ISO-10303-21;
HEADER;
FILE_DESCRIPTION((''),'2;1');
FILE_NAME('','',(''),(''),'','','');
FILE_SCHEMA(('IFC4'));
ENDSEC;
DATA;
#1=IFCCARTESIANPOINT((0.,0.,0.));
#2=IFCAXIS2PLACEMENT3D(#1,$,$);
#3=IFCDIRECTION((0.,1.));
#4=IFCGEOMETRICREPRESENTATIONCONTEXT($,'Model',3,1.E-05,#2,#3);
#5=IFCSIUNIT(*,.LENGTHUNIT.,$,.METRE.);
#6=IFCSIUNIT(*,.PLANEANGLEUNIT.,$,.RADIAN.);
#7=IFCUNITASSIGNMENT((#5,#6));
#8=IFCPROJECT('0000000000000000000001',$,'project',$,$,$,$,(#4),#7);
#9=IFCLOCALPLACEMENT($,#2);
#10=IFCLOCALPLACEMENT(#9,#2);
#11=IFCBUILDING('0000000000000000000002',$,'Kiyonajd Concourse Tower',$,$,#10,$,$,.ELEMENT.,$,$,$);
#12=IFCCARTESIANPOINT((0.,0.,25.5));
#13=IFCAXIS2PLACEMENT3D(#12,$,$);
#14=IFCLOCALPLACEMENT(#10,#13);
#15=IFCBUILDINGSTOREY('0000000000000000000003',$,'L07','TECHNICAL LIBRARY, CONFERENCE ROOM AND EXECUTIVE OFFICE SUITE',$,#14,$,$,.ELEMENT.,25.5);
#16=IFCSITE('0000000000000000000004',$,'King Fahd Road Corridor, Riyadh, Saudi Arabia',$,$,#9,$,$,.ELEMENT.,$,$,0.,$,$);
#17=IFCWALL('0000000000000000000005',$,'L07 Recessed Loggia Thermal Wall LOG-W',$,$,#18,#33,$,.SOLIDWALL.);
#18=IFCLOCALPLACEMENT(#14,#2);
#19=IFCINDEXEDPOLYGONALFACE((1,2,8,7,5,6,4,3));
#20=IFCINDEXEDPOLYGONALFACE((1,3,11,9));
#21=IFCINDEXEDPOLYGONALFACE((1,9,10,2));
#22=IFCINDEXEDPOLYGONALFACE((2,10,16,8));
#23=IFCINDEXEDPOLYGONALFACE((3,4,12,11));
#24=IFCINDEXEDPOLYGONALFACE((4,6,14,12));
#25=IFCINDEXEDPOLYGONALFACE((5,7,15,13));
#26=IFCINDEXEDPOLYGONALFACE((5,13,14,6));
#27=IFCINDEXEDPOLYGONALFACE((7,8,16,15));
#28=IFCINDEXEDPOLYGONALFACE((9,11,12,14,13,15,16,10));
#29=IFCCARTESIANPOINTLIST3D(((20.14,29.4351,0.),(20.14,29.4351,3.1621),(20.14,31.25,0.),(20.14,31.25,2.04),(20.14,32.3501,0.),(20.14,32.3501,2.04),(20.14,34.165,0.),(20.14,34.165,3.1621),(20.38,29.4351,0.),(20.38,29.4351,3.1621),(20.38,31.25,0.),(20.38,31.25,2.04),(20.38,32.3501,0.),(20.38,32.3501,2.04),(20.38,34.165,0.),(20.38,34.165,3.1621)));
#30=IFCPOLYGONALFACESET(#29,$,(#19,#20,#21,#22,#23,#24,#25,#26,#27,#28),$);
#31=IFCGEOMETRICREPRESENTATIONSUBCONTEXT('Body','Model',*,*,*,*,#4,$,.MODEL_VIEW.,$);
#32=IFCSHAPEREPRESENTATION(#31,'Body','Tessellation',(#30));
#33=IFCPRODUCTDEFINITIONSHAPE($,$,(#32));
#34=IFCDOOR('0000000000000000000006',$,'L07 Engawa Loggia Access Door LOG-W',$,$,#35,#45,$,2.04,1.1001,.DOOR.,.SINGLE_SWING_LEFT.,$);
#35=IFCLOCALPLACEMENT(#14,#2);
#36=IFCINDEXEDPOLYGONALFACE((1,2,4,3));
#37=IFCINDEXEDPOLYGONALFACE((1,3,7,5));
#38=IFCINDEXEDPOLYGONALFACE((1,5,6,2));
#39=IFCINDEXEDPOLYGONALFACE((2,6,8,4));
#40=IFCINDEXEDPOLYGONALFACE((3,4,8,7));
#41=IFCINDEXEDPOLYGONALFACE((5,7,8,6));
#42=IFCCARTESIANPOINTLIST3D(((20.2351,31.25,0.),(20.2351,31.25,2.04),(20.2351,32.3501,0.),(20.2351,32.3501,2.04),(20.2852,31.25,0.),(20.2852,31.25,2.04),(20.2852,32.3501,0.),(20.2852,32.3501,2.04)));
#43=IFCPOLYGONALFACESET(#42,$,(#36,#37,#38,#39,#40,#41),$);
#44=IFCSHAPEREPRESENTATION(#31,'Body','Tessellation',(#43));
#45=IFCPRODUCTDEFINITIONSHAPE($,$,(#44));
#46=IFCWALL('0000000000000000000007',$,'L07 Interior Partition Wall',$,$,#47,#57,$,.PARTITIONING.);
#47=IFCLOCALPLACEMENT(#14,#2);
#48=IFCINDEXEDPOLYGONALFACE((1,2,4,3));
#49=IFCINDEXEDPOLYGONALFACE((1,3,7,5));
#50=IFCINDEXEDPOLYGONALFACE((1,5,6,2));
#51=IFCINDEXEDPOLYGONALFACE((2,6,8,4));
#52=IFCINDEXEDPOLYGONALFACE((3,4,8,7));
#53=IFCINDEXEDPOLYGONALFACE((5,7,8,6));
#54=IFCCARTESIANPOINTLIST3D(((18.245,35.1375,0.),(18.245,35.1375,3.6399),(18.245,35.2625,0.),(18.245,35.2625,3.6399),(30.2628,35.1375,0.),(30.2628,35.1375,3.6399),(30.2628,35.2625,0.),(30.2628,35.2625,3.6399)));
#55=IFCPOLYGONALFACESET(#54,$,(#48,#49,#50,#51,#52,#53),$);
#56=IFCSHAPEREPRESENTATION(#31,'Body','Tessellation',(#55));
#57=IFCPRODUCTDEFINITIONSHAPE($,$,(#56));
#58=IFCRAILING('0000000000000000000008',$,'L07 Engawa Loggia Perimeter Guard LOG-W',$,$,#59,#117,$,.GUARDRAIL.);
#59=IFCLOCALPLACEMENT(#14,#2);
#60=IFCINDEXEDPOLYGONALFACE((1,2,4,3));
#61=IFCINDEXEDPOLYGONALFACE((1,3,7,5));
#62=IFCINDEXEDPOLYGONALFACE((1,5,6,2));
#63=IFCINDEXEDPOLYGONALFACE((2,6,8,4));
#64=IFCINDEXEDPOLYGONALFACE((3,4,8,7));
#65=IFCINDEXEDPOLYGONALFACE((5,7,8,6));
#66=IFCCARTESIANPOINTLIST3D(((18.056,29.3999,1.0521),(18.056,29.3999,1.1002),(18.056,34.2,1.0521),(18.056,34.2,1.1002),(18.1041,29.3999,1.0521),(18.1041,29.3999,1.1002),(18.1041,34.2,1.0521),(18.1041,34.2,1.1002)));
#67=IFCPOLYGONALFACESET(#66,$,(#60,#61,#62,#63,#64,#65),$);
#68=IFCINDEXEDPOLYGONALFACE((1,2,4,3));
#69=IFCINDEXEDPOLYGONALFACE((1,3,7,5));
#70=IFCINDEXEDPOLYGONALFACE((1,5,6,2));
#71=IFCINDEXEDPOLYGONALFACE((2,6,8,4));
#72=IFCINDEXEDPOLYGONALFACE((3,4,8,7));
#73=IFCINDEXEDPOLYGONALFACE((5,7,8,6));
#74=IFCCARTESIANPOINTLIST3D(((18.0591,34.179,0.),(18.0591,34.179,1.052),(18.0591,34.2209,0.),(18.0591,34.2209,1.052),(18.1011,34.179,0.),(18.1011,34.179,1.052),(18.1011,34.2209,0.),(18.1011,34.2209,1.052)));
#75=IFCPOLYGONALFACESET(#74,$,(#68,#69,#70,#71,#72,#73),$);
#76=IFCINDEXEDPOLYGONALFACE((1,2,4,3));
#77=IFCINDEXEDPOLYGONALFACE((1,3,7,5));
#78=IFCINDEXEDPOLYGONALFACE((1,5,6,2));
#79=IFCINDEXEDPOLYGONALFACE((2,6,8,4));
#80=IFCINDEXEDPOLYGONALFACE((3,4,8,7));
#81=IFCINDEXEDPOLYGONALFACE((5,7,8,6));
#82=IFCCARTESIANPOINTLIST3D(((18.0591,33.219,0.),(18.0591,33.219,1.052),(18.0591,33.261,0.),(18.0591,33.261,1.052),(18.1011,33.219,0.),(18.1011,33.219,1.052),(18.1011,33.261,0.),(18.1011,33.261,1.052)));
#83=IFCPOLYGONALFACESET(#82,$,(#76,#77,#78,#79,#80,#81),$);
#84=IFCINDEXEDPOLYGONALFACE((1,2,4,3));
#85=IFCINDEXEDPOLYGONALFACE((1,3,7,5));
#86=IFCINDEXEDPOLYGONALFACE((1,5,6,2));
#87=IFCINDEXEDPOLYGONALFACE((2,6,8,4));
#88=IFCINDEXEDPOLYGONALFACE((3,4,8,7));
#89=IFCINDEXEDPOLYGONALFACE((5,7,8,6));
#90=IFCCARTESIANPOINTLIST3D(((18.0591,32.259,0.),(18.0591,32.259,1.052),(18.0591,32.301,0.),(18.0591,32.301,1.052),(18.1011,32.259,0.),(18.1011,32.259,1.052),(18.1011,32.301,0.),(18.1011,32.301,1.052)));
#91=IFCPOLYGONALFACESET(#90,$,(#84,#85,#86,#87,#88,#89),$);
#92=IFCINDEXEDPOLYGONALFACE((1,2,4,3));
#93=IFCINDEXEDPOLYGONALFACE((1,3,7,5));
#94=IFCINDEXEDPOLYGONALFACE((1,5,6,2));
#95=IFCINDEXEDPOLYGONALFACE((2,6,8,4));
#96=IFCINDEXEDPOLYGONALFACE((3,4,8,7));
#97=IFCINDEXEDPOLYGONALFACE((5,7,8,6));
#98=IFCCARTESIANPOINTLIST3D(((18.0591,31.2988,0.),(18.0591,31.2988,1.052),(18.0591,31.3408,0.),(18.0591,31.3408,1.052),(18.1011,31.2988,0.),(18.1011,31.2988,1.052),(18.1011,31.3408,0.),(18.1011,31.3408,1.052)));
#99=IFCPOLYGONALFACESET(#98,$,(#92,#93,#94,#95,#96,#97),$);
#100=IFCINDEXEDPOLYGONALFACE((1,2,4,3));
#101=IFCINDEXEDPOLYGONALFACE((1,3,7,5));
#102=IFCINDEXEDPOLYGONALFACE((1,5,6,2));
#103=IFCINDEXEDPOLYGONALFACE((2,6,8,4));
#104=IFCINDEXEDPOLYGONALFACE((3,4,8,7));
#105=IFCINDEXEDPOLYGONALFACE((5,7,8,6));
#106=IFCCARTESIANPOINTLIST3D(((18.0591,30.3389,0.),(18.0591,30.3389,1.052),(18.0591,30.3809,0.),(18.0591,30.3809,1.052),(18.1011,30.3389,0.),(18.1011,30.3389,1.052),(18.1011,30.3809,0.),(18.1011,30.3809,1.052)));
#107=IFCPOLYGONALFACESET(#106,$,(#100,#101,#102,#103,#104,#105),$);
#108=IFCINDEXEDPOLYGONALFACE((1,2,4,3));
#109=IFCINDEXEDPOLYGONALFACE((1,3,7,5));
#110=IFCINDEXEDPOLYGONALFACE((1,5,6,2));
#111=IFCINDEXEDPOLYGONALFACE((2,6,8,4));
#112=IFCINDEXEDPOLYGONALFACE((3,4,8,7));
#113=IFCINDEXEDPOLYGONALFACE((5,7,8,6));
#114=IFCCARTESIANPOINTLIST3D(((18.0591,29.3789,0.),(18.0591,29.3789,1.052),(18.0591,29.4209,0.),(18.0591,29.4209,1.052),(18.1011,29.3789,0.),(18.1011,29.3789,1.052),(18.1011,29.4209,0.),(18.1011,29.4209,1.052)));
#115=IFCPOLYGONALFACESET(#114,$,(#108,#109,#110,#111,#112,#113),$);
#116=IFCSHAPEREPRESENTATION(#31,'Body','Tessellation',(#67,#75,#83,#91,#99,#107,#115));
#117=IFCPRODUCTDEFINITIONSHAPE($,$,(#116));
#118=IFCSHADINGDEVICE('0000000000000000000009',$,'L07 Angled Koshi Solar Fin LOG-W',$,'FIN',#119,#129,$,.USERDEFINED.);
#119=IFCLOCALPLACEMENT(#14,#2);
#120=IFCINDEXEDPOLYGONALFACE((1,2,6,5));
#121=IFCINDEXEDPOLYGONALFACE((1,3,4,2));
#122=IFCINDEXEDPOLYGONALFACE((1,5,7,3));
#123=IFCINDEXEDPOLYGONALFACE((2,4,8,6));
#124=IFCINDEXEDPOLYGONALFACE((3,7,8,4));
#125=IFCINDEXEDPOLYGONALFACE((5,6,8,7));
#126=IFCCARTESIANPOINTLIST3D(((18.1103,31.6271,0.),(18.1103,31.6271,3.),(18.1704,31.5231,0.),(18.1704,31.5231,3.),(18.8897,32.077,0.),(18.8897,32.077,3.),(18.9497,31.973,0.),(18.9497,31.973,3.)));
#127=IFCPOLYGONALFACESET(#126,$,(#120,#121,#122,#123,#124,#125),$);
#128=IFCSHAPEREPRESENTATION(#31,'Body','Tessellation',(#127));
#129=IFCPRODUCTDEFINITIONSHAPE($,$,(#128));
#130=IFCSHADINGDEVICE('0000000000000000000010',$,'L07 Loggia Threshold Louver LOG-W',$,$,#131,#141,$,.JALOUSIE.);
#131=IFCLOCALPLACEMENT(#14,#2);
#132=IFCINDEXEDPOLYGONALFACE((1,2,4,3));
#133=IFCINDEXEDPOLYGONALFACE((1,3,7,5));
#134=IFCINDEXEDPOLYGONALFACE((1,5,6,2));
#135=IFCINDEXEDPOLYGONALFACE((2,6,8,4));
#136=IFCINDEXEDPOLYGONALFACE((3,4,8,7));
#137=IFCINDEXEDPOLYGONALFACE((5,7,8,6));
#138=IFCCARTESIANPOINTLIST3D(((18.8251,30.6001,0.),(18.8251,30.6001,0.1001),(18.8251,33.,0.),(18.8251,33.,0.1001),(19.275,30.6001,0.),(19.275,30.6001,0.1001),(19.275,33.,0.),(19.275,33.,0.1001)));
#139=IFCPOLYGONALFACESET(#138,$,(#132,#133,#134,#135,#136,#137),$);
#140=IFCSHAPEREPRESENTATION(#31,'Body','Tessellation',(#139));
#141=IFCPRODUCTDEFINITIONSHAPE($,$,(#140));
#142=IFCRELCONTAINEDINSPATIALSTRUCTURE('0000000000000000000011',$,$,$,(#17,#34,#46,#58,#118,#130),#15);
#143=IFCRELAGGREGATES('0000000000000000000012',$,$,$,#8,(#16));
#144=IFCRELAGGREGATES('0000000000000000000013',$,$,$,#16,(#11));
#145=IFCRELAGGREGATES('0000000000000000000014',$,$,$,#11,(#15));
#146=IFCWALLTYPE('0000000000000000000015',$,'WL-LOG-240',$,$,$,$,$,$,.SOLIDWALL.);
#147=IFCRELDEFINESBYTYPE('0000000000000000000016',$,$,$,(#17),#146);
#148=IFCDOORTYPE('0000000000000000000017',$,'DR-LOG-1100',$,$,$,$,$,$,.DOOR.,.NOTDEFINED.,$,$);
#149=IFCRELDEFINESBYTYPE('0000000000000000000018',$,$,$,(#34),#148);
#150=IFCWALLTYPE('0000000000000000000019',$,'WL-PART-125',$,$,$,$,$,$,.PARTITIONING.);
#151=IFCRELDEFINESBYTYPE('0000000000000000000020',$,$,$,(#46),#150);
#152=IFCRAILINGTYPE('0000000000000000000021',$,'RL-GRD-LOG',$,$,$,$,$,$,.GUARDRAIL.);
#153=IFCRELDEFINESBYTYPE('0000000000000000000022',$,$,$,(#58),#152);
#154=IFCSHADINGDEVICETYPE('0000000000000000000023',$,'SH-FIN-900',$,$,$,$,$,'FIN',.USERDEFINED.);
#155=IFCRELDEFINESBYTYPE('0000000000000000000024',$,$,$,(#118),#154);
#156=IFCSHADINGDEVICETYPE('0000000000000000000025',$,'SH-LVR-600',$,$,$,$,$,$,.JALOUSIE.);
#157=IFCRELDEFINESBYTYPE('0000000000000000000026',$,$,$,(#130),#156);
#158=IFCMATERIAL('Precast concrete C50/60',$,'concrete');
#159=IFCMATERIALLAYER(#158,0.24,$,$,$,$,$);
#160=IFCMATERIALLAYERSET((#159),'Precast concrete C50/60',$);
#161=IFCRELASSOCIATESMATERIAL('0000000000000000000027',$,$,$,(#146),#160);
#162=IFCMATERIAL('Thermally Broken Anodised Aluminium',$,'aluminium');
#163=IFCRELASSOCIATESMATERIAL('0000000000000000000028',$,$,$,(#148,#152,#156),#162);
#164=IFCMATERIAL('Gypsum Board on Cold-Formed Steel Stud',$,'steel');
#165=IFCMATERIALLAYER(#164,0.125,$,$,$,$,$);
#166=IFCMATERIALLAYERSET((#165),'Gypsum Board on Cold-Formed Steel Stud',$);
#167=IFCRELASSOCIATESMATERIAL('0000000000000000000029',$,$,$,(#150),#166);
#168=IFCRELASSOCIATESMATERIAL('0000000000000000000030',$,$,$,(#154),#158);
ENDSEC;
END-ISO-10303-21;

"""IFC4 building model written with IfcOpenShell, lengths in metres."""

from ifc_helpers import new_model, si_unit, direction, frame, frame_2d, origin, origin_2d, place, context, subcontext, project, spatial, rectangle, extrude, material, layer, layer_set, type_object, element, fill, save


model = new_model("IFC4")

# Units and contexts
model_context = context("Model", 3, precision=1e-05, world=origin(), true_north=direction((0.0, 1.0)))
body_context = subcontext(model_context, "Body", "Model", "MODEL_VIEW")
ifc_project = project(units=[si_unit("LENGTHUNIT", "METRE"), si_unit("PLANEANGLEUNIT", "RADIAN")], contexts=[model_context])

# Site, building, storey
site_placement = place(None, origin())
site = spatial("IfcSite", under=ifc_project, at=site_placement, Name="King Fahd Road Corridor, Riyadh, Saudi Arabia", CompositionType="ELEMENT", RefElevation=0.0)
building_placement = place(site_placement, origin())
building = spatial("IfcBuilding", under=site, at=building_placement, Name="Kiyonajd Concourse Tower", CompositionType="ELEMENT")
storey_placement = place(building_placement, frame((0.0, 0.0, 25.5)))
storey = spatial("IfcBuildingStorey", under=building, at=storey_placement, Name="L07", Description="TECHNICAL LIBRARY, CONFERENCE ROOM AND EXECUTIVE OFFICE SUITE", CompositionType="ELEMENT", Elevation=25.5)

# Shared definitions
ifc_material_1 = material(Name="Precast concrete C50/60", Category="concrete")

# Shared definitions
ifc_material_2 = material(Name="Thermally Broken Anodised Aluminium", Category="aluminium")

# Wall, opening, door
ifc_layer_1 = layer(ifc_material_1, 0.24)
ifc_layer_set_1 = layer_set([ifc_layer_1], Name="Precast concrete C50/60")
wall_type_1 = type_object("IfcWallType", Name="WL-LOG-240", PredefinedType="SOLIDWALL", material=ifc_layer_set_1)
wall_1_placement = place(storey_placement, frame((20.26, 29.4351, 0.0), z_axis=(0.0, 0.0, 1.0), x_axis=(0.0, 1.0, 0.0)))
wall_1 = element("IfcWall", 1, at=wall_1_placement, inside=storey, type_object=wall_type_1, Name="L07 Recessed Loggia Thermal Wall LOG-W", PredefinedType="SOLIDWALL", context=body_context, shape_type="SweptSolid", body=[
    extrude(rectangle(XDim=4.73, YDim=0.24, at=frame_2d((2.365, 0.0))), origin(), (0.0, 0.0, 1.0), 3.1621),
])
opening_placement = place(wall_1_placement, frame((1.8149, 0.0, 0.0)))
opening = element("IfcOpeningElement", 2, at=opening_placement, cuts=wall_1, PredefinedType="OPENING", context=body_context, shape_type="SweptSolid", body=[
    extrude(rectangle(XDim=1.1001, YDim=2.04, at=frame_2d((0.55, 1.02))), frame((0.0, 0.1299, 0.0), z_axis=(0.0, -1.0, 0.0), x_axis=(1.0, 0.0, 0.0)), (0.0, 0.0, 1.0), 0.26),
])
door_type = type_object("IfcDoorType", Name="DR-LOG-1100", OperationType="NOTDEFINED", PredefinedType="DOOR", material=ifc_material_2)
door_placement = place(opening_placement, origin())
door = element("IfcDoor", 3, at=door_placement, inside=storey, type_object=door_type, Name="L07 Engawa Loggia Access Door LOG-W", OperationType="SINGLE_SWING_LEFT", OverallHeight=2.04, OverallWidth=1.1001, PredefinedType="DOOR", context=body_context, shape_type="SweptSolid", body=[
    extrude(rectangle(XDim=1.1001, YDim=2.04, at=frame_2d((0.55, 1.02))), frame((0.0, 0.0249, 0.0), z_axis=(0.0, -1.0, 0.0), x_axis=(1.0, 0.0, 0.0)), (0.0, 0.0, 1.0), 0.05),
])
fill(opening, door)

# Wall
ifc_material_3 = material(Name="Gypsum Board on Cold-Formed Steel Stud", Category="steel")
ifc_layer_2 = layer(ifc_material_3, 0.125)
ifc_layer_set_2 = layer_set([ifc_layer_2], Name="Gypsum Board on Cold-Formed Steel Stud")
wall_type_2 = type_object("IfcWallType", Name="WL-PART-125", PredefinedType="PARTITIONING", material=ifc_layer_set_2)
wall_2_placement = place(storey_placement, frame((18.2451, 35.2, 0.0), z_axis=(0.0, 0.0, 1.0), x_axis=(1.0, 0.0, 0.0)))
element("IfcWall", 4, at=wall_2_placement, inside=storey, type_object=wall_type_2, Name="L07 Interior Partition Wall", PredefinedType="PARTITIONING", context=body_context, shape_type="SweptSolid", body=[
    extrude(rectangle(XDim=12.0178, YDim=0.125, at=frame_2d((6.0088, 0.0))), origin(), (0.0, 0.0, 1.0), 3.6399),
])

# Railing
railing_type = type_object("IfcRailingType", Name="RL-GRD-LOG", PredefinedType="GUARDRAIL", material=ifc_material_2)
railing_placement = place(storey_placement, frame((18.0801, 34.2, 0.0)))
element("IfcRailing", 5, at=railing_placement, inside=storey, type_object=railing_type, Name="L07 Engawa Loggia Perimeter Guard LOG-W", PredefinedType="GUARDRAIL", context=body_context, shape_type="SweptSolid", body=[
    extrude(rectangle(XDim=0.0481, YDim=0.0481, at=origin_2d()), frame((0.0, 0.0, 1.0762), z_axis=(0.0, -1.0, 0.0), x_axis=(1.0, 0.0, 0.0)), (0.0, 0.0, 1.0), 4.8),
    extrude(rectangle(XDim=0.042, YDim=0.042, at=origin_2d()), origin(), (0.0, 0.0, 1.0), 1.052),
    extrude(rectangle(XDim=0.042, YDim=0.042, at=origin_2d()), frame((0.0, -0.96, 0.0)), (0.0, 0.0, 1.0), 1.052),
    extrude(rectangle(XDim=0.042, YDim=0.042, at=origin_2d()), frame((0.0, -1.9199, 0.0)), (0.0, 0.0, 1.0), 1.052),
    extrude(rectangle(XDim=0.042, YDim=0.042, at=origin_2d()), frame((0.0, -2.8801, 0.0)), (0.0, 0.0, 1.0), 1.052),
    extrude(rectangle(XDim=0.042, YDim=0.042, at=origin_2d()), frame((0.0, -3.8401, 0.0)), (0.0, 0.0, 1.0), 1.052),
    extrude(rectangle(XDim=0.042, YDim=0.042, at=origin_2d()), frame((0.0, -4.8, 0.0)), (0.0, 0.0, 1.0), 1.052),
])

# Shading devices
shading_device_type_1 = type_object("IfcShadingDeviceType", Name="SH-FIN-900", ElementType="FIN", PredefinedType="USERDEFINED", material=ifc_material_1)
shading_device_1_placement = place(storey_placement, frame((18.53, 31.8, 0.0), z_axis=(0.0, 0.0, 1.0), x_axis=(0.866025, 0.5, 0.0)))
element("IfcShadingDevice", 6, at=shading_device_1_placement, inside=storey, type_object=shading_device_type_1, Name="L07 Angled Koshi Solar Fin LOG-W", ObjectType="FIN", PredefinedType="USERDEFINED", context=body_context, shape_type="SweptSolid", body=[
    extrude(rectangle(XDim=0.8999, YDim=0.1201, at=origin_2d()), origin(), (0.0, 0.0, 1.0), 3.0),
])
shading_device_type_2 = type_object("IfcShadingDeviceType", Name="SH-LVR-600", PredefinedType="JALOUSIE", material=ifc_material_2)
shading_device_2_placement = place(storey_placement, frame((19.05, 31.8, 0.0), z_axis=(0.0, 0.0, 1.0), x_axis=(0.0, 1.0, 0.0)))
element("IfcShadingDevice", 7, at=shading_device_2_placement, inside=storey, type_object=shading_device_type_2, Name="L07 Loggia Threshold Louver LOG-W", PredefinedType="JALOUSIE", context=body_context, shape_type="SweptSolid", body=[
    extrude(rectangle(XDim=2.3999, YDim=0.45, at=origin_2d()), origin(), (0.0, 0.0, 1.0), 0.1001),
])

save(model, "model.ifc")
